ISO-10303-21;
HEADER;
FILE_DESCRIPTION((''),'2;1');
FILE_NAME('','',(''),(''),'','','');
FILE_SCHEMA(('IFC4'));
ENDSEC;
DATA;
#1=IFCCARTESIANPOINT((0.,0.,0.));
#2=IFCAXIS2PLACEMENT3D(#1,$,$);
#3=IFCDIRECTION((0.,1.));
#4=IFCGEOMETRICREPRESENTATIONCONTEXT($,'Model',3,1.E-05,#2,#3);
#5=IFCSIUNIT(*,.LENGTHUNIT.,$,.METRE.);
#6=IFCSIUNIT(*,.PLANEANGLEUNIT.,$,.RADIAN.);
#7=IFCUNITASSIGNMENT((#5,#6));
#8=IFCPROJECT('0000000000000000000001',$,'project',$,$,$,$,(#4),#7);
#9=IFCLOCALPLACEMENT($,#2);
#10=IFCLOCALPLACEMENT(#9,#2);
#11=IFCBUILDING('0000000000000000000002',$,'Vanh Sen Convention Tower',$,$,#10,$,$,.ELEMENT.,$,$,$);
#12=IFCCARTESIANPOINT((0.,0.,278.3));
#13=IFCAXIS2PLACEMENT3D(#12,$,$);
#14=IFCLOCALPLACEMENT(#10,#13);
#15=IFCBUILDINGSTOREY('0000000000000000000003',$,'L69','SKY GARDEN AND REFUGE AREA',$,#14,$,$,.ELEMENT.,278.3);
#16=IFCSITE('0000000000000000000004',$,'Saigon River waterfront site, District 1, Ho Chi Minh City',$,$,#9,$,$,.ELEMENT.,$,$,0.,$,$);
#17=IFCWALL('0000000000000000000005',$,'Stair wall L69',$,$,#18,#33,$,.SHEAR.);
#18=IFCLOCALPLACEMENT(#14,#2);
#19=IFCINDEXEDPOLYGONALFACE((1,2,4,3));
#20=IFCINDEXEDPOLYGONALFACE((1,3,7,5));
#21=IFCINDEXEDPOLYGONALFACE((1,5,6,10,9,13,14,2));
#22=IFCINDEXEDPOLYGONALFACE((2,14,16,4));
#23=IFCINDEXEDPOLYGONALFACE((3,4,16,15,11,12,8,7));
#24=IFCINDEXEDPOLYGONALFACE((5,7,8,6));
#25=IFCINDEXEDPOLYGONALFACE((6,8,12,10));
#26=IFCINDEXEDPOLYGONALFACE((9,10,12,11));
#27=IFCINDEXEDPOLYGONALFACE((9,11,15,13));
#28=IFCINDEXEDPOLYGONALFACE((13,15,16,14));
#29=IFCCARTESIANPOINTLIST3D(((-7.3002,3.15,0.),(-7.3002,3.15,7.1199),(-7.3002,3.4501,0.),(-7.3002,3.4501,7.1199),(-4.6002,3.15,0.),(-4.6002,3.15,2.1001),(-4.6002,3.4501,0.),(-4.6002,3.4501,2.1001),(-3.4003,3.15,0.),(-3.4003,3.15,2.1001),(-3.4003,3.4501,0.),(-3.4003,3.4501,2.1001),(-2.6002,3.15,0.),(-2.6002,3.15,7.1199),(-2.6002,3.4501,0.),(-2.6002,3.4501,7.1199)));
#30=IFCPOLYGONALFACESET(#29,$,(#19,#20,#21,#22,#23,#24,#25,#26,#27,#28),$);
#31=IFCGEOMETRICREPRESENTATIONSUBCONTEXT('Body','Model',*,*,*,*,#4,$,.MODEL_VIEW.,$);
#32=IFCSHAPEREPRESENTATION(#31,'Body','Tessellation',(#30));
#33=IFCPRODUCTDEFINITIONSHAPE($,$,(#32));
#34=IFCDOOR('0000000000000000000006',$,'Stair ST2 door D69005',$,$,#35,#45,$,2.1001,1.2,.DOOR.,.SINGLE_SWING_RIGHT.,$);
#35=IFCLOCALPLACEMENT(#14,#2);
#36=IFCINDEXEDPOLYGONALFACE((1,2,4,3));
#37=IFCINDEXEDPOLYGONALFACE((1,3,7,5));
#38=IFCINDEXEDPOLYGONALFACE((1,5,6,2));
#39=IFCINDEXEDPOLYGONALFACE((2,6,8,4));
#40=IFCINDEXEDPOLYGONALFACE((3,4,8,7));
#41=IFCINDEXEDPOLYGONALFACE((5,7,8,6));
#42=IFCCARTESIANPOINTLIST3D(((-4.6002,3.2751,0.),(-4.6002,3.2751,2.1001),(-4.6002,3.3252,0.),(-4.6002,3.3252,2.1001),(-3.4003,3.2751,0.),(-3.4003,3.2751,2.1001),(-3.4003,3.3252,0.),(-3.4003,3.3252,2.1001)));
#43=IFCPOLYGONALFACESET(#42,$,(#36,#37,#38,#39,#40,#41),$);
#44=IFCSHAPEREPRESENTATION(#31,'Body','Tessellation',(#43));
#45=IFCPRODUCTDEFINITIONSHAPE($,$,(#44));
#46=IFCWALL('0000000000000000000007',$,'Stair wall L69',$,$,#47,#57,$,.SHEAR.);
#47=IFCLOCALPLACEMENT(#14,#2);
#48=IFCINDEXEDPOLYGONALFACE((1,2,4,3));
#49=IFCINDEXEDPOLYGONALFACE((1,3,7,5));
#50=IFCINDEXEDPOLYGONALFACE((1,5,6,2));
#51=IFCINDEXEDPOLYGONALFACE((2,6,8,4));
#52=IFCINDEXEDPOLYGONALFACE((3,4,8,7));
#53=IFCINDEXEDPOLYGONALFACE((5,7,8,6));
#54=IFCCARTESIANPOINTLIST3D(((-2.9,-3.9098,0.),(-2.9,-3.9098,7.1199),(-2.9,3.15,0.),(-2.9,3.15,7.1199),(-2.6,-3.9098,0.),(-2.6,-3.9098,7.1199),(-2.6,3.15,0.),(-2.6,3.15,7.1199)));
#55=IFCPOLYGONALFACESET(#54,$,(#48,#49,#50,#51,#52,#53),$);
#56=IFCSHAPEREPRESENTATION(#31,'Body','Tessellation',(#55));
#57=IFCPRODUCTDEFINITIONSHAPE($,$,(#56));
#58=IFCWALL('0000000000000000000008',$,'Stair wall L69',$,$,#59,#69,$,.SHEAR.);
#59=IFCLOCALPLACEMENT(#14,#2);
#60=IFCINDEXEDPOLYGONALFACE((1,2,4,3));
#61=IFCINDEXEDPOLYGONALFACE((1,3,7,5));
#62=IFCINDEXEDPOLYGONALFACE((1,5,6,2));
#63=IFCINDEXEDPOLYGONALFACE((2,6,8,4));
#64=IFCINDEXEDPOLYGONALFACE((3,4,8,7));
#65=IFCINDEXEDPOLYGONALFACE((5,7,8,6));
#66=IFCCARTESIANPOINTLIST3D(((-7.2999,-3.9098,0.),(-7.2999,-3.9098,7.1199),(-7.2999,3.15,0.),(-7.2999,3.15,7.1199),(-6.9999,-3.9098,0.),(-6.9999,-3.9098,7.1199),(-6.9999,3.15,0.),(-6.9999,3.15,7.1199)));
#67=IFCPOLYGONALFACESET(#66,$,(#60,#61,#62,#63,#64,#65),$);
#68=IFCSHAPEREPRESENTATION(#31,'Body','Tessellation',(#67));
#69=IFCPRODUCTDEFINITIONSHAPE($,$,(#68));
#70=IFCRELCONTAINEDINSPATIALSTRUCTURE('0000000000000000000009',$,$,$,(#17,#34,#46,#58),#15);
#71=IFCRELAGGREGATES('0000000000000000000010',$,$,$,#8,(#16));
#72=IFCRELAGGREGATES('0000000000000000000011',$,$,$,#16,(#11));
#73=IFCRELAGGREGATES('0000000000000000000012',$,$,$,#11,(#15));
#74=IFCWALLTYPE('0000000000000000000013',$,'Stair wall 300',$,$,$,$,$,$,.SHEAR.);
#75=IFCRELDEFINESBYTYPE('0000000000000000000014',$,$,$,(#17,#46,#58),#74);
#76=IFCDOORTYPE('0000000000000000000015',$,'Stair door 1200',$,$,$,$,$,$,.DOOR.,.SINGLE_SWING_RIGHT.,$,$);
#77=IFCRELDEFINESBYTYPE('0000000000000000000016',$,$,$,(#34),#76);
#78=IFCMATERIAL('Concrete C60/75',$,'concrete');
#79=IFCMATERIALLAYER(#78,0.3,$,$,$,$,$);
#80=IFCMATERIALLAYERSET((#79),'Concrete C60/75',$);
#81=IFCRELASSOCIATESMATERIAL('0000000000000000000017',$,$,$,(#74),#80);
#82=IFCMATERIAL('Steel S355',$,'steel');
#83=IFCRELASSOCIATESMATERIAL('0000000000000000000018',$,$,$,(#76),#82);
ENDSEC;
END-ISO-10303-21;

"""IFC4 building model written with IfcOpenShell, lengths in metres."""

from ifc_helpers import new_model, si_unit, direction, frame, frame_2d, origin, place, context, subcontext, project, spatial, rectangle, extrude, material, layer, layer_set, type_object, element, fill, save


model = new_model("IFC4")

# Units and contexts
model_context = context("Model", 3, precision=1e-05, world=origin(), true_north=direction((0.0, 1.0)))
body_context = subcontext(model_context, "Body", "Model", "MODEL_VIEW")
ifc_project = project(units=[si_unit("LENGTHUNIT", "METRE"), si_unit("PLANEANGLEUNIT", "RADIAN")], contexts=[model_context])

# Site, building, storey
site_placement = place(None, origin())
site = spatial("IfcSite", under=ifc_project, at=site_placement, Name="Saigon River waterfront site, District 1, Ho Chi Minh City", CompositionType="ELEMENT", RefElevation=0.0)
building_placement = place(site_placement, origin())
building = spatial("IfcBuilding", under=site, at=building_placement, Name="Vanh Sen Convention Tower", CompositionType="ELEMENT")
storey_placement = place(building_placement, frame((0.0, 0.0, 278.3)))
storey = spatial("IfcBuildingStorey", under=building, at=storey_placement, Name="L69", Description="SKY GARDEN AND REFUGE AREA", CompositionType="ELEMENT", Elevation=278.3)

# Shared definitions
ifc_material_1 = material(Name="Concrete C60/75", Category="concrete")

# Shared definitions
ifc_material_2 = material(Name="Steel S355", Category="steel")

# Shared definitions
ifc_layer_1 = layer(ifc_material_1, 0.3)
ifc_layer_set_1 = layer_set([ifc_layer_1], Name="Concrete C60/75")
wall_type_1 = type_object("IfcWallType", Name="Stair wall 300", PredefinedType="SHEAR", material=ifc_layer_set_1)

# Wall, opening, door
wall_1_placement = place(storey_placement, frame((-2.6001, 3.3, 0.0), z_axis=(0.0, 0.0, 1.0), x_axis=(-1.0, 0.0, 0.0)))
wall_1 = element("IfcWall", 1, at=wall_1_placement, inside=storey, type_object=wall_type_1, Name="Stair wall L69", PredefinedType="SHEAR", context=body_context, shape_type="SweptSolid", body=[
    extrude(rectangle(XDim=4.7, YDim=0.3, at=frame_2d((2.3501, 0.0))), origin(), (0.0, 0.0, 1.0), 7.1199),
])
opening_1_placement = place(wall_1_placement, frame((0.8, 0.0, 0.0)))
opening_1 = element("IfcOpeningElement", 2, at=opening_1_placement, cuts=wall_1, PredefinedType="OPENING", context=body_context, shape_type="SweptSolid", body=[
    extrude(rectangle(XDim=1.2, YDim=2.1001, at=frame_2d((0.6001, 1.05))), frame((0.0, 0.1599, 0.0), z_axis=(0.0, -1.0, 0.0), x_axis=(1.0, 0.0, 0.0)), (0.0, 0.0, 1.0), 0.3201),
])
door_type_1 = type_object("IfcDoorType", Name="Stair door 1200", OperationType="SINGLE_SWING_RIGHT", PredefinedType="DOOR", material=ifc_material_2)
door_1_placement = place(opening_1_placement, origin())
door_1 = element("IfcDoor", 3, at=door_1_placement, inside=storey, type_object=door_type_1, Name="Stair ST2 door D69005", OperationType="SINGLE_SWING_RIGHT", OverallHeight=2.1001, OverallWidth=1.2, PredefinedType="DOOR", context=body_context, shape_type="SweptSolid", body=[
    extrude(rectangle(XDim=1.2, YDim=2.1001, at=frame_2d((0.6001, 1.05))), frame((0.0, 0.0249, 0.0), z_axis=(0.0, -1.0, 0.0), x_axis=(1.0, 0.0, 0.0)), (0.0, 0.0, 1.0), 0.05),
])
fill(opening_1, door_1)

# Walls
for number, where, z_axis, x_axis, name in (
    (4, (-2.75, 3.1499, 0.0), (0.0, 0.0, 1.0), (0.0, -1.0, 0.0), "Stair wall L69"),
    (5, (-7.1499, 3.1499, 0.0), (0.0, 0.0, 1.0), (0.0, -1.0, 0.0), "Stair wall L69"),
):
    element("IfcWall", number, at=place(storey_placement, frame(where, z_axis=z_axis, x_axis=x_axis)), inside=storey, type_object=wall_type_1, Name=name, PredefinedType="SHEAR", context=body_context, shape_type="SweptSolid", body=[
        extrude(rectangle(XDim=7.0598, YDim=0.3, at=frame_2d((3.5298, 0.0))), origin(), (0.0, 0.0, 1.0), 7.1199),
    ])

save(model, "model.ifc")
